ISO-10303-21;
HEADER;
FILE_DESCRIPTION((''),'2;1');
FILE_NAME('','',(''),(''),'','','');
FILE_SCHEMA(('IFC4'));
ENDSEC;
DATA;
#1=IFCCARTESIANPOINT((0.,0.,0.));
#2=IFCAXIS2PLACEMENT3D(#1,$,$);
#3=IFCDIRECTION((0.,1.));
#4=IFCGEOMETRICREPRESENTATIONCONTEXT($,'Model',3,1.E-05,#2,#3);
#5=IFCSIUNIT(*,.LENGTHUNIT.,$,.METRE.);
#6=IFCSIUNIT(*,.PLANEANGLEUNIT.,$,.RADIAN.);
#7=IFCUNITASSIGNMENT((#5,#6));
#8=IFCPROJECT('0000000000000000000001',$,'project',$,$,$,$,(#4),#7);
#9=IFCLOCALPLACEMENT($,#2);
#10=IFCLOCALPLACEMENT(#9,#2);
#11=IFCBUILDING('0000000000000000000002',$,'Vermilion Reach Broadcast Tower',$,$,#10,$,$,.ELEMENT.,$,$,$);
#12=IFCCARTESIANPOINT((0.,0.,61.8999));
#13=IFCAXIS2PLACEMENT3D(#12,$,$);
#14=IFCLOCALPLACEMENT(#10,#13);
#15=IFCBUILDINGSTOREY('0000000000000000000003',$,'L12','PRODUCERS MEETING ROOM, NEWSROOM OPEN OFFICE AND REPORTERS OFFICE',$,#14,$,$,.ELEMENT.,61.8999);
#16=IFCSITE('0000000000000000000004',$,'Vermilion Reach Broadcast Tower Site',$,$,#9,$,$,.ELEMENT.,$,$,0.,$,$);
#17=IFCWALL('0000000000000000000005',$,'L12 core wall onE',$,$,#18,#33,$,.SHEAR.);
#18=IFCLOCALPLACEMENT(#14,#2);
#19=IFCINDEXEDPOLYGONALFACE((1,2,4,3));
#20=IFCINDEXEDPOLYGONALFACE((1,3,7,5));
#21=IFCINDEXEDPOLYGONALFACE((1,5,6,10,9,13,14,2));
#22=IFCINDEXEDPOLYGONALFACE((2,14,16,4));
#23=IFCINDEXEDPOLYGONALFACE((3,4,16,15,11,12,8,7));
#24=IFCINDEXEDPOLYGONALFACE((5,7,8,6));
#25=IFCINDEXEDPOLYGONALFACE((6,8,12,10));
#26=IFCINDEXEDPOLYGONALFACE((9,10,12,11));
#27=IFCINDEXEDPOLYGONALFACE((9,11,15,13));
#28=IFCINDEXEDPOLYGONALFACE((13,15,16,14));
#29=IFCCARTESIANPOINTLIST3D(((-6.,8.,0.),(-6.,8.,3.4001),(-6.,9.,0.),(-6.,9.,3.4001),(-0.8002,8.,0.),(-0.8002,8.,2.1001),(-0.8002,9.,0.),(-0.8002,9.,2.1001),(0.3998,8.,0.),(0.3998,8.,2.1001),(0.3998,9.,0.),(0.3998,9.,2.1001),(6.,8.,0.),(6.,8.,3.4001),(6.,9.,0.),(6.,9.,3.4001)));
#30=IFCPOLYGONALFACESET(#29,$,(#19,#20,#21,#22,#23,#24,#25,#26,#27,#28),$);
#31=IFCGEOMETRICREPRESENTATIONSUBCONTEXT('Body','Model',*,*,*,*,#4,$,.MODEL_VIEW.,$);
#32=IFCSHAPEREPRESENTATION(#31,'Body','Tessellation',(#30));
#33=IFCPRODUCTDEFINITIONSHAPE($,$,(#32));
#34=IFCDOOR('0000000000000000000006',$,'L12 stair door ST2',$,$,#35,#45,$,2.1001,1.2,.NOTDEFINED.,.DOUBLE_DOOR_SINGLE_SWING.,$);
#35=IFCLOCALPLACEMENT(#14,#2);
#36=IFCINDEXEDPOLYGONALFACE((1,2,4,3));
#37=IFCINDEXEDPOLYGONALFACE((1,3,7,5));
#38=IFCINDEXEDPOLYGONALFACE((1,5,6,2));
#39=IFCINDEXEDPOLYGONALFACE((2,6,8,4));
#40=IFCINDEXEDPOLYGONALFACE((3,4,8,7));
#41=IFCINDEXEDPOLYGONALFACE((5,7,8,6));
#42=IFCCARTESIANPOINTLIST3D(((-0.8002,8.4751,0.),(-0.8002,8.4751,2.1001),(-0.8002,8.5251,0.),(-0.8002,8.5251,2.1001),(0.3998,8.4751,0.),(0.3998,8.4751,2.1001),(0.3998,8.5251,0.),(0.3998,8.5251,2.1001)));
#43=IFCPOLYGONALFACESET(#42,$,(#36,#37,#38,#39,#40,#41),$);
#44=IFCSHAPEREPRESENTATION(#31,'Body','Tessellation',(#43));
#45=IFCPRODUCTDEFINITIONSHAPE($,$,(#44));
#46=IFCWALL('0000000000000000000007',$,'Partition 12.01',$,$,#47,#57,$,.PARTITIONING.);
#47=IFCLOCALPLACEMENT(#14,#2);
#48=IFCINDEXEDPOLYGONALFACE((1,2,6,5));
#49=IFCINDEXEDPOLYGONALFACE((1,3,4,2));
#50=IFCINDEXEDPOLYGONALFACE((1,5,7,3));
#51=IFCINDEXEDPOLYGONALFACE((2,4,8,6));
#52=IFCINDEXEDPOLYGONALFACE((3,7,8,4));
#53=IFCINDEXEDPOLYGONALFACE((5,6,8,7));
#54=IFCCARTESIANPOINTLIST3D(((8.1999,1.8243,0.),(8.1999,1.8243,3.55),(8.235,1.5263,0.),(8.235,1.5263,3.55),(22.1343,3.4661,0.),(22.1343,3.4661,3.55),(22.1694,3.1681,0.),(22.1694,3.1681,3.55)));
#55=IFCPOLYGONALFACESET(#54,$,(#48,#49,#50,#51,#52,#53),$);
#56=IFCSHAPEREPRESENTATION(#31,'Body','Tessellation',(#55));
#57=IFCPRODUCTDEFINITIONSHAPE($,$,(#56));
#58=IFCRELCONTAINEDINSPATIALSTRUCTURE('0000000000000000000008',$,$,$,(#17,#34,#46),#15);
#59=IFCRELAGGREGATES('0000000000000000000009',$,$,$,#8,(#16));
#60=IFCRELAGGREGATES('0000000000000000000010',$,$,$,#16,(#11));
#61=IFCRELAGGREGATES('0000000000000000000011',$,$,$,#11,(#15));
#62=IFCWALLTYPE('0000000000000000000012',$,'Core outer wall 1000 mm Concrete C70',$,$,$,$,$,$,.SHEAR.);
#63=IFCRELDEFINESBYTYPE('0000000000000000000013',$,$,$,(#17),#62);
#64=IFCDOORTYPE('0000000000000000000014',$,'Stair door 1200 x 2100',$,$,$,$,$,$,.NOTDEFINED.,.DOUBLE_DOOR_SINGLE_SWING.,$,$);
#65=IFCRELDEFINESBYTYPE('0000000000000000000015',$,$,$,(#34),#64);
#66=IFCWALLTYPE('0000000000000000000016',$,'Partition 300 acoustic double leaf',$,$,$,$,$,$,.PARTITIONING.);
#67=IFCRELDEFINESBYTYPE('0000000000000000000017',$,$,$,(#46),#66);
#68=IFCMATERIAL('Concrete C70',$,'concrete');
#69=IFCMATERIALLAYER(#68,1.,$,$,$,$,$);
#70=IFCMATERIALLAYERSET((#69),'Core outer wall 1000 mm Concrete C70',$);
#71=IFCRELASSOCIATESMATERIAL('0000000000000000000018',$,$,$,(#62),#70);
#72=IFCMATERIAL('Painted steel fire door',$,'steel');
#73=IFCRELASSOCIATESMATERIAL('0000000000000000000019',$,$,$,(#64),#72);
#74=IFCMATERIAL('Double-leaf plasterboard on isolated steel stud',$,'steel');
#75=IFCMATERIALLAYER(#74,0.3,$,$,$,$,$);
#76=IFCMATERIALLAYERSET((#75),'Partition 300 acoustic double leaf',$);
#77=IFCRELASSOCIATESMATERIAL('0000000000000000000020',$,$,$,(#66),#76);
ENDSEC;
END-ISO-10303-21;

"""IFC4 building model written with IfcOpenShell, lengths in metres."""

from ifc_helpers import new_model, si_unit, direction, frame, frame_2d, origin, place, context, subcontext, project, spatial, rectangle, extrude, material, layer, layer_set, type_object, element, fill, save


model = new_model("IFC4")

# Units and contexts
model_context = context("Model", 3, precision=1e-05, world=origin(), true_north=direction((0.0, 1.0)))
body_context = subcontext(model_context, "Body", "Model", "MODEL_VIEW")
ifc_project = project(units=[si_unit("LENGTHUNIT", "METRE"), si_unit("PLANEANGLEUNIT", "RADIAN")], contexts=[model_context])

# Site, building, storey
site_placement = place(None, origin())
site = spatial("IfcSite", under=ifc_project, at=site_placement, Name="Vermilion Reach Broadcast Tower Site", CompositionType="ELEMENT", RefElevation=0.0)
building_placement = place(site_placement, origin())
building = spatial("IfcBuilding", under=site, at=building_placement, Name="Vermilion Reach Broadcast Tower", CompositionType="ELEMENT")
storey_placement = place(building_placement, frame((0.0, 0.0, 61.8999)))
storey = spatial("IfcBuildingStorey", under=building, at=storey_placement, Name="L12", Description="PRODUCERS MEETING ROOM, NEWSROOM OPEN OFFICE AND REPORTERS OFFICE", CompositionType="ELEMENT", Elevation=61.8999)

# Wall, opening, door
ifc_material_1 = material(Name="Concrete C70", Category="concrete")
ifc_layer_1 = layer(ifc_material_1, 1.0)
ifc_layer_set_1 = layer_set([ifc_layer_1], Name="Core outer wall 1000 mm Concrete C70")
wall_type_1 = type_object("IfcWallType", Name="Core outer wall 1000 mm Concrete C70", PredefinedType="SHEAR", material=ifc_layer_set_1)
wall_1_placement = place(storey_placement, frame((6.0, 8.5, 0.0), z_axis=(0.0, 0.0, 1.0), x_axis=(-1.0, 0.0, 0.0)))
wall_1 = element("IfcWall", 1, at=wall_1_placement, inside=storey, type_object=wall_type_1, Name="L12 core wall onE", PredefinedType="SHEAR", context=body_context, shape_type="SweptSolid", body=[
    extrude(rectangle(XDim=12.0, YDim=1.0, at=frame_2d((6.0, 0.0))), origin(), (0.0, 0.0, 1.0), 3.4001),
])
opening_placement = place(wall_1_placement, frame((5.6001, 0.0, 0.0)))
opening = element("IfcOpeningElement", 2, at=opening_placement, cuts=wall_1, PredefinedType="OPENING", context=body_context, shape_type="SweptSolid", body=[
    extrude(rectangle(XDim=1.2, YDim=2.1001, at=frame_2d((0.6001, 1.05))), frame((0.0, 0.51, 0.0), z_axis=(0.0, -1.0, 0.0), x_axis=(1.0, 0.0, 0.0)), (0.0, 0.0, 1.0), 1.02),
])
ifc_material_2 = material(Name="Painted steel fire door", Category="steel")
door_type = type_object("IfcDoorType", Name="Stair door 1200 x 2100", OperationType="DOUBLE_DOOR_SINGLE_SWING", PredefinedType="NOTDEFINED", material=ifc_material_2)
door_placement = place(opening_placement, origin())
door = element("IfcDoor", 3, at=door_placement, inside=storey, type_object=door_type, Name="L12 stair door ST2", OperationType="DOUBLE_DOOR_SINGLE_SWING", OverallHeight=2.1001, OverallWidth=1.2, PredefinedType="NOTDEFINED", context=body_context, shape_type="SweptSolid", body=[
    extrude(rectangle(XDim=1.2, YDim=2.1001, at=frame_2d((0.6001, 1.05))), frame((0.0, 0.0249, 0.0), z_axis=(0.0, -1.0, 0.0), x_axis=(1.0, 0.0, 0.0)), (0.0, 0.0, 1.0), 0.05),
])
fill(opening, door)

# Wall
ifc_material_3 = material(Name="Double-leaf plasterboard on isolated steel stud", Category="steel")
ifc_layer_2 = layer(ifc_material_3, 0.3)
ifc_layer_set_2 = layer_set([ifc_layer_2], Name="Partition 300 acoustic double leaf")
wall_type_2 = type_object("IfcWallType", Name="Partition 300 acoustic double leaf", PredefinedType="PARTITIONING", material=ifc_layer_set_2)
wall_2_placement = place(storey_placement, frame((22.1519, 3.3171, 0.0), z_axis=(0.0, 0.0, 1.0), x_axis=(-0.99313, -0.117018, 0.0)))
element("IfcWall", 4, at=wall_2_placement, inside=storey, type_object=wall_type_2, Name="Partition 12.01", PredefinedType="PARTITIONING", context=body_context, shape_type="SweptSolid", body=[
    extrude(rectangle(XDim=14.0308, YDim=0.3, at=frame_2d((7.0154, 0.0))), origin(), (0.0, 0.0, 1.0), 3.55),
])

save(model, "model.ifc")
